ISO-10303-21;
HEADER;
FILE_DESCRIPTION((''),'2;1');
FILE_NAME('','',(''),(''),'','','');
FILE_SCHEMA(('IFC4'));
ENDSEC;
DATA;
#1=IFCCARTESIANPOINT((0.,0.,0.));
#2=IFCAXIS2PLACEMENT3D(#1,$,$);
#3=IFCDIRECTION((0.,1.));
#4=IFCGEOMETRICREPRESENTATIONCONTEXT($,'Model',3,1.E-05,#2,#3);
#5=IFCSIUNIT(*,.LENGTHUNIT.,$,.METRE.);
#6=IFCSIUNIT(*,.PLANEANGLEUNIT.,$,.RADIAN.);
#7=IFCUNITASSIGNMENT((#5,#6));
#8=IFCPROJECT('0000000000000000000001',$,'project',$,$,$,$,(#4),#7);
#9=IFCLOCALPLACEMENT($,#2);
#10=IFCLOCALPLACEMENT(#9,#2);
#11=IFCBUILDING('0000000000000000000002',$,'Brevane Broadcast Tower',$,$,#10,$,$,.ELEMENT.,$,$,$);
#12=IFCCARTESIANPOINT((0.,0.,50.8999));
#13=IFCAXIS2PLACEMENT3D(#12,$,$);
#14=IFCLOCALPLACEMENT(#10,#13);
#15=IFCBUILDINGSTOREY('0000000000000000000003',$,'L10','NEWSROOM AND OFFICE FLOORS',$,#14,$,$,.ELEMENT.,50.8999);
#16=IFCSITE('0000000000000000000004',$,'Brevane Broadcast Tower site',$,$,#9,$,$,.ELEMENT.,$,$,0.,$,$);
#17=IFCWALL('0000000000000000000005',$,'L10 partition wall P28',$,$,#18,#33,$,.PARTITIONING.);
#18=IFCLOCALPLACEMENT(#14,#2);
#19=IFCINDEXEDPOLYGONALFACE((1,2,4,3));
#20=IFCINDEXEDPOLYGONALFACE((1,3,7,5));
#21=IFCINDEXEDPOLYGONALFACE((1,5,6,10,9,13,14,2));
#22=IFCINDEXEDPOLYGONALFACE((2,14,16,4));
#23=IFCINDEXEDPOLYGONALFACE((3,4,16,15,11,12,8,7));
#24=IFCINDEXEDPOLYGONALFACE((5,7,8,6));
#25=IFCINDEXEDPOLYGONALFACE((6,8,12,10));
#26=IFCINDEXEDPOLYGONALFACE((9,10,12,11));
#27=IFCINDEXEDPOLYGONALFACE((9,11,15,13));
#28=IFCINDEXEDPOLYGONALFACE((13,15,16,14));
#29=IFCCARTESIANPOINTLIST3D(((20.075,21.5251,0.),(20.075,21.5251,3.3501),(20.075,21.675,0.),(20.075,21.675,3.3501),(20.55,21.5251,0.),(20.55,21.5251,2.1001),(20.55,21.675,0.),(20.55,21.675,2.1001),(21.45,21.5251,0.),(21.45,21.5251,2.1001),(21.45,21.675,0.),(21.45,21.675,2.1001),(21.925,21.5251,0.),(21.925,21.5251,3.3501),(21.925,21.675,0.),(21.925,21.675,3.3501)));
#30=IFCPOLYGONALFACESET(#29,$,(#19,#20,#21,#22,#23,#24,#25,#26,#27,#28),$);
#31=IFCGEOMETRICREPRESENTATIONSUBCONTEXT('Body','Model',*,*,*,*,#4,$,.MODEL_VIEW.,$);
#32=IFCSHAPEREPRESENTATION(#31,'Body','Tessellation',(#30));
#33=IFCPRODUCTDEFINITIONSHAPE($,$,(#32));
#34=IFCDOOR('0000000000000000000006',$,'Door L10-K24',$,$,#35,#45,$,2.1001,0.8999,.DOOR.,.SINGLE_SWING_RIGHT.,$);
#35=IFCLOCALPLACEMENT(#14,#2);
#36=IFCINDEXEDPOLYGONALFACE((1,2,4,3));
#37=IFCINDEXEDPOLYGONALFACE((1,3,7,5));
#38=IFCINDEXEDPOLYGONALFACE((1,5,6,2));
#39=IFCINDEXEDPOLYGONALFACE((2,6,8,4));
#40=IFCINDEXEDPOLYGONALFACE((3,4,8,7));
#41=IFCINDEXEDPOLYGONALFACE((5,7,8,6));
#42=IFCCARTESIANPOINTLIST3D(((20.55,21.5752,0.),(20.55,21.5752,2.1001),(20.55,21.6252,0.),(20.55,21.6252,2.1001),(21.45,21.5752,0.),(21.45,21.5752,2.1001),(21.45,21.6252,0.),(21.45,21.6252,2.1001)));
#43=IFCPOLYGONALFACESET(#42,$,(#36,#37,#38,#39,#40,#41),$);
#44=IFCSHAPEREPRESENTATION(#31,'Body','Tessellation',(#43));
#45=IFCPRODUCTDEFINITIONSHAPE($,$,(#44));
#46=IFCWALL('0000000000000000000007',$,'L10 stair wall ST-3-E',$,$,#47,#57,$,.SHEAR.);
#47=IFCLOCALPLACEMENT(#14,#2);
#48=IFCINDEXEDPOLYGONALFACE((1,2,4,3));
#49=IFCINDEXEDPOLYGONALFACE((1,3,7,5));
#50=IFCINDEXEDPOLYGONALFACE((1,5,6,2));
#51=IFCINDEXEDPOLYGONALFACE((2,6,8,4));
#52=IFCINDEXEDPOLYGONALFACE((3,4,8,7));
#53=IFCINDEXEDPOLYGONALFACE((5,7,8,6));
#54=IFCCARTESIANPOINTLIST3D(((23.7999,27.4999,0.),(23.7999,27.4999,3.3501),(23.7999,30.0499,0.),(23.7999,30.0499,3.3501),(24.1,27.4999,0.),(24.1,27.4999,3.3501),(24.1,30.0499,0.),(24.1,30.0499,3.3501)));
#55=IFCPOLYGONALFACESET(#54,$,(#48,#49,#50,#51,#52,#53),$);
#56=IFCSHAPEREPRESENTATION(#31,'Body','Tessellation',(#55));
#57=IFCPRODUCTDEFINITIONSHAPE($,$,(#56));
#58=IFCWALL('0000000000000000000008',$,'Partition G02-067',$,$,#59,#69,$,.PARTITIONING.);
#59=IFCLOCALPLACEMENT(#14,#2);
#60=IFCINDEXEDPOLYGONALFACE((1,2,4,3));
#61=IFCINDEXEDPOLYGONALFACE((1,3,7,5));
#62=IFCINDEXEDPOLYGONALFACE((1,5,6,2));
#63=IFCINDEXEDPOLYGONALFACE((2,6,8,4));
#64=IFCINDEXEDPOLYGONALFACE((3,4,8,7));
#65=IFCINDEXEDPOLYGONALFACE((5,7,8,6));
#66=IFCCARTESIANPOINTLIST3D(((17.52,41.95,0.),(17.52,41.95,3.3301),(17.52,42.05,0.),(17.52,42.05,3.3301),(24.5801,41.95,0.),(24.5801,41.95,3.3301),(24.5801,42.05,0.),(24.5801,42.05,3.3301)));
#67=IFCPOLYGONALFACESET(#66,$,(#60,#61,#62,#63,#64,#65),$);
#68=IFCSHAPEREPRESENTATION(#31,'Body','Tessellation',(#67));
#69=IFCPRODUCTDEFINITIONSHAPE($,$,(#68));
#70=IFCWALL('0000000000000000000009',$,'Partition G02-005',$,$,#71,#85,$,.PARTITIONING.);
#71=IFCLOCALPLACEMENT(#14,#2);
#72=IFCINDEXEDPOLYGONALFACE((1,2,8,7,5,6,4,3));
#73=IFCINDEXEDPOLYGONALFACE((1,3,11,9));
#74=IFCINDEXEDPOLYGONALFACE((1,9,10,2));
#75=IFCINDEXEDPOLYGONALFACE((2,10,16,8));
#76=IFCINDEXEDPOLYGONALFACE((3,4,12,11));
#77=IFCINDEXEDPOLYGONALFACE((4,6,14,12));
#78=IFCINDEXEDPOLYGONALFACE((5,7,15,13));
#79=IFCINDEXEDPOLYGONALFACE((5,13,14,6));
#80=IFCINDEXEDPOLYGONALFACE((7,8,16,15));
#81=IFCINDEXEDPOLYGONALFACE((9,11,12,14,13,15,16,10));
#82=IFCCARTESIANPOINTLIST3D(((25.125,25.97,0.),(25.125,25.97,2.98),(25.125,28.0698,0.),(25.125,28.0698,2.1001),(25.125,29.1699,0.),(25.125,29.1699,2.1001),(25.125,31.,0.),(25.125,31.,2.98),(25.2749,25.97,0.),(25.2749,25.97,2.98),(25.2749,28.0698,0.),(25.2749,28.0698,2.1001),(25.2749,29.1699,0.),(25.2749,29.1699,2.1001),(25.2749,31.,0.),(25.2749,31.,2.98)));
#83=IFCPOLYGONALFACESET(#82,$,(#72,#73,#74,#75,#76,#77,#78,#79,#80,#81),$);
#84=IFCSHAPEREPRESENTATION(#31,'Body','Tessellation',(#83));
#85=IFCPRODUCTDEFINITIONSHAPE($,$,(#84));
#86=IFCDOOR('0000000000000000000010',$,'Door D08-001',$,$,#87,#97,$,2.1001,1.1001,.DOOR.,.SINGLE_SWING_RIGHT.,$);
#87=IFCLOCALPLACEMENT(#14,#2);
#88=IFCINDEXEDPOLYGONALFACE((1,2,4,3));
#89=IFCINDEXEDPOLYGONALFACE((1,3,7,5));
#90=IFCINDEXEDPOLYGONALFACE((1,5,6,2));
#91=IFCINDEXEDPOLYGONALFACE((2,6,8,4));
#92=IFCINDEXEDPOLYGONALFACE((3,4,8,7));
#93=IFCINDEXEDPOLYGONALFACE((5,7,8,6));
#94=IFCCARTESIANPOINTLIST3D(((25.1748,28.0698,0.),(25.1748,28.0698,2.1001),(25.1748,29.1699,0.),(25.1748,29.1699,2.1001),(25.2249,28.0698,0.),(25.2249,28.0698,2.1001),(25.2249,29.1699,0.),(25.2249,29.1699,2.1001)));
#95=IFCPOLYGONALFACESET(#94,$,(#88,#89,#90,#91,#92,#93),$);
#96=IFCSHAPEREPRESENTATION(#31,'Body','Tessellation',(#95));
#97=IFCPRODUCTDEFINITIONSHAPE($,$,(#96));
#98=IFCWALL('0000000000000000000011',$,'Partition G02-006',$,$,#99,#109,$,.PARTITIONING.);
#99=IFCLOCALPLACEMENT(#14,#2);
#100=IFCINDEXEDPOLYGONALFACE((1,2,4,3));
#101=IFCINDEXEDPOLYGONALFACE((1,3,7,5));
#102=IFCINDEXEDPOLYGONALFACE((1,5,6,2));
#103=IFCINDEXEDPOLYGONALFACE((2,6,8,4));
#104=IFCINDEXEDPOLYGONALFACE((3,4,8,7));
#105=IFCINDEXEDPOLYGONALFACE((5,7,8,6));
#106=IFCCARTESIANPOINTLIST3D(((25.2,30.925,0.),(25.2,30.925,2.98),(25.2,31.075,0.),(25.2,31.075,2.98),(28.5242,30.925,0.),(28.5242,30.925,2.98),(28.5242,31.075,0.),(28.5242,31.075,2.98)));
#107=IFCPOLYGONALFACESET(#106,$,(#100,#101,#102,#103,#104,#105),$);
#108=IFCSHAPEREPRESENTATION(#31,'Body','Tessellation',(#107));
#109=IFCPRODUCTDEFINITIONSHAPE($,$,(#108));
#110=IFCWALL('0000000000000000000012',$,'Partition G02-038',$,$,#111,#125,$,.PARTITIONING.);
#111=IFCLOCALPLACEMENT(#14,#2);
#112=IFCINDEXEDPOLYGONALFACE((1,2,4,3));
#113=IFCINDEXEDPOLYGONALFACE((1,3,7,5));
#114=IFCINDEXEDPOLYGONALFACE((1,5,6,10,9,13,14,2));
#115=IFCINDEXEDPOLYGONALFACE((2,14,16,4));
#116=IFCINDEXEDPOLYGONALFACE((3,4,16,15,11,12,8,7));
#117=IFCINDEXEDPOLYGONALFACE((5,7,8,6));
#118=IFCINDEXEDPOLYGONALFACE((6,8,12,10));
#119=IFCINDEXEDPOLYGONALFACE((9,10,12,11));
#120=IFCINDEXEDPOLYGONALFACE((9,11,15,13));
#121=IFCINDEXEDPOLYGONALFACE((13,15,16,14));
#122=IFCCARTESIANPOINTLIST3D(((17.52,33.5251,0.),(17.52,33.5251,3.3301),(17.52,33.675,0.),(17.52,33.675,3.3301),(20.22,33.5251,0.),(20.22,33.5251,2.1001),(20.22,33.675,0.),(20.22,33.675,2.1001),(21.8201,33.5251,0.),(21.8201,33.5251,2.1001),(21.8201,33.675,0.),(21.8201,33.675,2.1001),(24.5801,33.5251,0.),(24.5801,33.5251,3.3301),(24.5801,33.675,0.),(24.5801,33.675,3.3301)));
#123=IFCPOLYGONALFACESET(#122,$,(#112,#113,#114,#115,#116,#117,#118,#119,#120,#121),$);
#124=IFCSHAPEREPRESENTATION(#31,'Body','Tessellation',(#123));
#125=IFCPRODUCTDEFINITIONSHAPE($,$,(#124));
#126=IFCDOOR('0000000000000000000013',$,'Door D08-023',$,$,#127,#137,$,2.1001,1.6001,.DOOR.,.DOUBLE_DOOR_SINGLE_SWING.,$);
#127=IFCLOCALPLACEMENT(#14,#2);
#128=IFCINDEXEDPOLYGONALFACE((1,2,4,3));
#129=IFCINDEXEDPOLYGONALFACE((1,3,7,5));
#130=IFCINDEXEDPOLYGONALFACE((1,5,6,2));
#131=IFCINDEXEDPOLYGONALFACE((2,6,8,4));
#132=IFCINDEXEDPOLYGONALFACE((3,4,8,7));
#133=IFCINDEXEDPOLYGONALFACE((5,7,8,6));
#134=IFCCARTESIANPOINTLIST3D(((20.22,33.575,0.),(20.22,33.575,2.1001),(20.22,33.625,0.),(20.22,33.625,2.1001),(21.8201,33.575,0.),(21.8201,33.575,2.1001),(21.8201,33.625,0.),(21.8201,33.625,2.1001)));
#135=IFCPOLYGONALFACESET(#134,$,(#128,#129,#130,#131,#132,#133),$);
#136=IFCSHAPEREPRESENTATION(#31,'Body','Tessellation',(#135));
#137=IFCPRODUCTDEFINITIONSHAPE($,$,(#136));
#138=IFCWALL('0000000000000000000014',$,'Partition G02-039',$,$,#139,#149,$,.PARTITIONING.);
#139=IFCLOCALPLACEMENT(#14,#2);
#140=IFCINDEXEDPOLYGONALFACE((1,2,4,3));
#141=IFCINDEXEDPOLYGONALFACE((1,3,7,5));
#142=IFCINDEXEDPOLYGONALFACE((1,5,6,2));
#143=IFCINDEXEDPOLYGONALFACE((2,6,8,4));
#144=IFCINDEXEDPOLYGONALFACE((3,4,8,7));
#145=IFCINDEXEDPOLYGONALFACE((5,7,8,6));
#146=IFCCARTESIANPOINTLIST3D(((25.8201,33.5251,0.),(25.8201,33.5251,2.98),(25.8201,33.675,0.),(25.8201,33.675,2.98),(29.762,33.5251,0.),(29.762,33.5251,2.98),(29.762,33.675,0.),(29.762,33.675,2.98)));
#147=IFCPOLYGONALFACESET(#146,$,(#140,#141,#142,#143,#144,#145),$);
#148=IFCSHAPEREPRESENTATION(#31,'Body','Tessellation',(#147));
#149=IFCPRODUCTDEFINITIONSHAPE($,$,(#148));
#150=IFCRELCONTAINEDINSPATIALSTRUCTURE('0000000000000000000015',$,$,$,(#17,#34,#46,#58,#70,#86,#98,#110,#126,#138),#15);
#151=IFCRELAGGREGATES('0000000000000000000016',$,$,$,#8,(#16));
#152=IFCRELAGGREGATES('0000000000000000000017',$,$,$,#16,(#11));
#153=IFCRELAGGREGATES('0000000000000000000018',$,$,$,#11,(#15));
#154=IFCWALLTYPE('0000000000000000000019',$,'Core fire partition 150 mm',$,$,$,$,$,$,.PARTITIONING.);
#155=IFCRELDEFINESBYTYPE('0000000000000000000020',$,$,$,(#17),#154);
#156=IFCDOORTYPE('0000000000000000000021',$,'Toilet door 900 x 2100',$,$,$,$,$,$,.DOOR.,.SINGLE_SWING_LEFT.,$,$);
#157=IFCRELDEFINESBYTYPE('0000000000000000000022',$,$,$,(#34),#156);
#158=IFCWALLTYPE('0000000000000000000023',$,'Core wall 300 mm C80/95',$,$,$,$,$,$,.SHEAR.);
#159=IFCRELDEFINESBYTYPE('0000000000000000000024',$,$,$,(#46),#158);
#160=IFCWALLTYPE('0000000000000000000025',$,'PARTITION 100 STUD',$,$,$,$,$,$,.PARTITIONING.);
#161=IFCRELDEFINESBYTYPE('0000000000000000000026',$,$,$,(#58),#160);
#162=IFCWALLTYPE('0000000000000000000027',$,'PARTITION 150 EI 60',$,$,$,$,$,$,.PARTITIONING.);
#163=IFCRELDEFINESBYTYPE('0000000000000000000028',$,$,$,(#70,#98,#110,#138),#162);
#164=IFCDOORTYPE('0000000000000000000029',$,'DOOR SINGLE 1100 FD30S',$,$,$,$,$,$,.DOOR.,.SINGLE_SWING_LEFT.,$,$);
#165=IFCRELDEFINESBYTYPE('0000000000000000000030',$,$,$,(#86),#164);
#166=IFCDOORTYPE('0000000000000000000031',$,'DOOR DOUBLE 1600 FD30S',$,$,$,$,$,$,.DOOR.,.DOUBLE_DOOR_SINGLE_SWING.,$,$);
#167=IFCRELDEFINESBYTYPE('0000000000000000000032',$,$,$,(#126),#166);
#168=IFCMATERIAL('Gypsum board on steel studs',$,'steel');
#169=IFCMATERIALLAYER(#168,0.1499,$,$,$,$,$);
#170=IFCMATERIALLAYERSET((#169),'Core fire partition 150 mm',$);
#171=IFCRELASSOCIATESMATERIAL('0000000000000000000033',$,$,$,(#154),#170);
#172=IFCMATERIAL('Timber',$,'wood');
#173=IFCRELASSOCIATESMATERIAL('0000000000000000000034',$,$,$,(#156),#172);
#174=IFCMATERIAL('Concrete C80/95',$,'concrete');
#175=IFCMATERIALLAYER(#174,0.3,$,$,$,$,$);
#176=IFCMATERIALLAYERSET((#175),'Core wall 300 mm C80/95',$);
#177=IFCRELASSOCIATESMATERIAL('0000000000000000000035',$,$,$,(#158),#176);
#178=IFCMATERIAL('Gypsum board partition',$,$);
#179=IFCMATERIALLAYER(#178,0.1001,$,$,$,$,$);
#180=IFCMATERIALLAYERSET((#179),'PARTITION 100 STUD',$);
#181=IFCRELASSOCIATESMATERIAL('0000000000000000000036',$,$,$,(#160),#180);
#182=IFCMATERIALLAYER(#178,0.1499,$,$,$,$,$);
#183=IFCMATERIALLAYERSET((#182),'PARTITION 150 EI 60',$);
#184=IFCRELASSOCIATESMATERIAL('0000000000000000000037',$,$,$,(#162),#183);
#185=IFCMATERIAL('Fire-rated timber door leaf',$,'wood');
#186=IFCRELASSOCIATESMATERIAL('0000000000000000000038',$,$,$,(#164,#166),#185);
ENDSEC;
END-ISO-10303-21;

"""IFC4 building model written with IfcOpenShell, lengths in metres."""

from ifc_helpers import new_model, si_unit, direction, frame, frame_2d, origin, place, context, subcontext, project, spatial, polyline, rectangle, outline, extrude, material, layer, layer_set, type_object, element, fill, save


model = new_model("IFC4")

# Units and contexts
model_context = context("Model", 3, precision=1e-05, world=origin(), true_north=direction((0.0, 1.0)))
body_context = subcontext(model_context, "Body", "Model", "MODEL_VIEW")
ifc_project = project(units=[si_unit("LENGTHUNIT", "METRE"), si_unit("PLANEANGLEUNIT", "RADIAN")], contexts=[model_context])

# Site, building, storey
site_placement = place(None, origin())
site = spatial("IfcSite", under=ifc_project, at=site_placement, Name="Brevane Broadcast Tower site", CompositionType="ELEMENT", RefElevation=0.0)
building_placement = place(site_placement, origin())
building = spatial("IfcBuilding", under=site, at=building_placement, Name="Brevane Broadcast Tower", CompositionType="ELEMENT")
storey_placement = place(building_placement, frame((0.0, 0.0, 50.8999)))
storey = spatial("IfcBuildingStorey", under=building, at=storey_placement, Name="L10", Description="NEWSROOM AND OFFICE FLOORS", CompositionType="ELEMENT", Elevation=50.8999)

# Shared definitions
ifc_material_1 = material(Name="Concrete C80/95", Category="concrete")

# Shared definitions
ifc_material_2 = material(Name="Gypsum board on steel studs", Category="steel")
ifc_layer_1 = layer(ifc_material_2, 0.1499)
ifc_layer_set_1 = layer_set([ifc_layer_1], Name="Core fire partition 150 mm")
wall_type_1 = type_object("IfcWallType", Name="Core fire partition 150 mm", PredefinedType="PARTITIONING", material=ifc_layer_set_1)

# Wall, opening, door
wall_1_placement = place(storey_placement, frame((21.925, 21.6001, 0.0), z_axis=(0.0, 0.0, 1.0), x_axis=(-1.0, 0.0, 0.0)))
wall_1 = element("IfcWall", 1, at=wall_1_placement, inside=storey, type_object=wall_type_1, Name="L10 partition wall P28", PredefinedType="PARTITIONING", context=body_context, shape_type="SweptSolid", body=[
    extrude(rectangle(XDim=1.8501, YDim=0.1499, at=frame_2d((0.925, 0.0))), origin(), (0.0, 0.0, 1.0), 3.3501),
])
opening_1_placement = place(wall_1_placement, frame((0.4751, 0.0, 0.0)))
opening_1 = element("IfcOpeningElement", 2, at=opening_1_placement, cuts=wall_1, PredefinedType="OPENING", context=body_context, shape_type="SweptSolid", body=[
    extrude(rectangle(XDim=0.8999, YDim=2.1001, at=frame_2d((0.45, 1.05))), frame((0.0, 0.085, 0.0), z_axis=(0.0, -1.0, 0.0), x_axis=(1.0, 0.0, 0.0)), (0.0, 0.0, 1.0), 0.1699),
])
ifc_material_3 = material(Name="Timber", Category="wood")
door_type_1 = type_object("IfcDoorType", Name="Toilet door 900 x 2100", OperationType="SINGLE_SWING_LEFT", PredefinedType="DOOR", material=ifc_material_3)
door_1_placement = place(opening_1_placement, origin())
door_1 = element("IfcDoor", 3, at=door_1_placement, inside=storey, type_object=door_type_1, Name="Door L10-K24", OperationType="SINGLE_SWING_RIGHT", OverallHeight=2.1001, OverallWidth=0.8999, PredefinedType="DOOR", context=body_context, shape_type="SweptSolid", body=[
    extrude(rectangle(XDim=0.8999, YDim=2.1001, at=frame_2d((0.45, 1.05))), frame((0.0, 0.0249, 0.0), z_axis=(0.0, -1.0, 0.0), x_axis=(1.0, 0.0, 0.0)), (0.0, 0.0, 1.0), 0.05),
])
fill(opening_1, door_1)

# Walls
ifc_layer_2 = layer(ifc_material_1, 0.3)
ifc_layer_set_2 = layer_set([ifc_layer_2], Name="Core wall 300 mm C80/95")
wall_type_2 = type_object("IfcWallType", Name="Core wall 300 mm C80/95", PredefinedType="SHEAR", material=ifc_layer_set_2)
wall_2_placement = place(storey_placement, frame((23.95, 27.5, 0.0), z_axis=(0.0, 0.0, 1.0), x_axis=(0.0, 1.0, 0.0)))
element("IfcWall", 4, at=wall_2_placement, inside=storey, type_object=wall_type_2, Name="L10 stair wall ST-3-E", PredefinedType="SHEAR", context=body_context, shape_type="SweptSolid", body=[
    extrude(rectangle(XDim=2.55, YDim=0.3, at=frame_2d((1.2749, 0.0))), origin(), (0.0, 0.0, 1.0), 3.3501),
])
ifc_material_4 = material(Name="Gypsum board partition")
ifc_layer_3 = layer(ifc_material_4, 0.1001)
ifc_layer_set_3 = layer_set([ifc_layer_3], Name="PARTITION 100 STUD")
wall_type_3 = type_object("IfcWallType", Name="PARTITION 100 STUD", PredefinedType="PARTITIONING", material=ifc_layer_set_3)
wall_3_placement = place(storey_placement, frame((17.52, 42.0, 0.0), z_axis=(0.0, 0.0, 1.0), x_axis=(1.0, 0.0, 0.0)))
element("IfcWall", 5, at=wall_3_placement, inside=storey, type_object=wall_type_3, Name="Partition G02-067", PredefinedType="PARTITIONING", context=body_context, shape_type="SweptSolid", body=[
    extrude(rectangle(XDim=7.0601, YDim=0.1001, at=frame_2d((3.53, 0.0))), origin(), (0.0, 0.0, 1.0), 3.3301),
])

# Wall, opening, door
ifc_layer_4 = layer(ifc_material_4, 0.1499)
ifc_layer_set_4 = layer_set([ifc_layer_4], Name="PARTITION 150 EI 60")
wall_type_4 = type_object("IfcWallType", Name="PARTITION 150 EI 60", PredefinedType="PARTITIONING", material=ifc_layer_set_4)
wall_4_placement = place(storey_placement, frame((25.2, 31.0, 0.0), z_axis=(0.0, 0.0, 1.0), x_axis=(0.0, -1.0, 0.0)))
wall_4 = element("IfcWall", 6, at=wall_4_placement, inside=storey, type_object=wall_type_4, Name="Partition G02-005", PredefinedType="PARTITIONING", context=body_context, shape_type="SweptSolid", body=[
    extrude(outline(polyline([(0.0, 0.0), (5.03, 0.0), (5.03, 2.98), (0.0, 2.98), (0.0, 0.0)])), frame((0.0, 0.075, 0.0), z_axis=(0.0, -1.0, 0.0), x_axis=(1.0, 0.0, 0.0)), (0.0, 0.0, 1.0), 0.1499),
])
opening_2_placement = place(wall_4_placement, frame((1.8301, 0.0, 0.0)))
opening_2 = element("IfcOpeningElement", 7, at=opening_2_placement, cuts=wall_4, PredefinedType="OPENING", context=body_context, shape_type="SweptSolid", body=[
    extrude(rectangle(XDim=1.1001, YDim=2.1001, at=frame_2d((0.55, 1.05))), frame((0.0, 0.085, 0.0), z_axis=(0.0, -1.0, 0.0), x_axis=(1.0, 0.0, 0.0)), (0.0, 0.0, 1.0), 0.1699),
])
ifc_material_5 = material(Name="Fire-rated timber door leaf", Category="wood")
door_type_2 = type_object("IfcDoorType", Name="DOOR SINGLE 1100 FD30S", OperationType="SINGLE_SWING_LEFT", PredefinedType="DOOR", material=ifc_material_5)
door_2_placement = place(opening_2_placement, origin())
door_2 = element("IfcDoor", 8, at=door_2_placement, inside=storey, type_object=door_type_2, Name="Door D08-001", OperationType="SINGLE_SWING_RIGHT", OverallHeight=2.1001, OverallWidth=1.1001, PredefinedType="DOOR", context=body_context, shape_type="SweptSolid", body=[
    extrude(rectangle(XDim=1.1001, YDim=2.1001, at=frame_2d((0.55, 1.05))), frame((0.0, 0.0249, 0.0), z_axis=(0.0, -1.0, 0.0), x_axis=(1.0, 0.0, 0.0)), (0.0, 0.0, 1.0), 0.05),
])
fill(opening_2, door_2)

# Wall
wall_5_placement = place(storey_placement, frame((25.2, 31.0, 0.0), z_axis=(0.0, 0.0, 1.0), x_axis=(1.0, 0.0, 0.0)))
element("IfcWall", 9, at=wall_5_placement, inside=storey, type_object=wall_type_4, Name="Partition G02-006", PredefinedType="PARTITIONING", context=body_context, shape_type="SweptSolid", body=[
    extrude(rectangle(XDim=3.3242, YDim=0.1499, at=frame_2d((1.6621, 0.0))), origin(), (0.0, 0.0, 1.0), 2.98),
])

# Wall, opening, door
wall_6_placement = place(storey_placement, frame((17.52, 33.6001, 0.0), z_axis=(0.0, 0.0, 1.0), x_axis=(1.0, 0.0, 0.0)))
wall_6 = element("IfcWall", 10, at=wall_6_placement, inside=storey, type_object=wall_type_4, Name="Partition G02-038", PredefinedType="PARTITIONING", context=body_context, shape_type="SweptSolid", body=[
    extrude(rectangle(XDim=7.0601, YDim=0.1499, at=frame_2d((3.53, 0.0))), origin(), (0.0, 0.0, 1.0), 3.3301),
])
opening_3_placement = place(wall_6_placement, frame((2.7, 0.0, 0.0)))
opening_3 = element("IfcOpeningElement", 11, at=opening_3_placement, cuts=wall_6, PredefinedType="OPENING", context=body_context, shape_type="SweptSolid", body=[
    extrude(rectangle(XDim=1.6001, YDim=2.1001, at=frame_2d((0.8, 1.05))), frame((0.0, 0.085, 0.0), z_axis=(0.0, -1.0, 0.0), x_axis=(1.0, 0.0, 0.0)), (0.0, 0.0, 1.0), 0.1699),
])
door_type_3 = type_object("IfcDoorType", Name="DOOR DOUBLE 1600 FD30S", OperationType="DOUBLE_DOOR_SINGLE_SWING", PredefinedType="DOOR", material=ifc_material_5)
door_3_placement = place(opening_3_placement, origin())
door_3 = element("IfcDoor", 12, at=door_3_placement, inside=storey, type_object=door_type_3, Name="Door D08-023", OperationType="DOUBLE_DOOR_SINGLE_SWING", OverallHeight=2.1001, OverallWidth=1.6001, PredefinedType="DOOR", context=body_context, shape_type="SweptSolid", body=[
    extrude(rectangle(XDim=1.6001, YDim=2.1001, at=frame_2d((0.8, 1.05))), frame((0.0, 0.0249, 0.0), z_axis=(0.0, -1.0, 0.0), x_axis=(1.0, 0.0, 0.0)), (0.0, 0.0, 1.0), 0.05),
])
fill(opening_3, door_3)

# Wall
wall_7_placement = place(storey_placement, frame((25.8201, 33.6001, 0.0), z_axis=(0.0, 0.0, 1.0), x_axis=(1.0, 0.0, 0.0)))
element("IfcWall", 13, at=wall_7_placement, inside=storey, type_object=wall_type_4, Name="Partition G02-039", PredefinedType="PARTITIONING", context=body_context, shape_type="SweptSolid", body=[
    extrude(rectangle(XDim=3.9419, YDim=0.1499, at=frame_2d((1.9709, 0.0))), origin(), (0.0, 0.0, 1.0), 2.98),
])

save(model, "model.ifc")
